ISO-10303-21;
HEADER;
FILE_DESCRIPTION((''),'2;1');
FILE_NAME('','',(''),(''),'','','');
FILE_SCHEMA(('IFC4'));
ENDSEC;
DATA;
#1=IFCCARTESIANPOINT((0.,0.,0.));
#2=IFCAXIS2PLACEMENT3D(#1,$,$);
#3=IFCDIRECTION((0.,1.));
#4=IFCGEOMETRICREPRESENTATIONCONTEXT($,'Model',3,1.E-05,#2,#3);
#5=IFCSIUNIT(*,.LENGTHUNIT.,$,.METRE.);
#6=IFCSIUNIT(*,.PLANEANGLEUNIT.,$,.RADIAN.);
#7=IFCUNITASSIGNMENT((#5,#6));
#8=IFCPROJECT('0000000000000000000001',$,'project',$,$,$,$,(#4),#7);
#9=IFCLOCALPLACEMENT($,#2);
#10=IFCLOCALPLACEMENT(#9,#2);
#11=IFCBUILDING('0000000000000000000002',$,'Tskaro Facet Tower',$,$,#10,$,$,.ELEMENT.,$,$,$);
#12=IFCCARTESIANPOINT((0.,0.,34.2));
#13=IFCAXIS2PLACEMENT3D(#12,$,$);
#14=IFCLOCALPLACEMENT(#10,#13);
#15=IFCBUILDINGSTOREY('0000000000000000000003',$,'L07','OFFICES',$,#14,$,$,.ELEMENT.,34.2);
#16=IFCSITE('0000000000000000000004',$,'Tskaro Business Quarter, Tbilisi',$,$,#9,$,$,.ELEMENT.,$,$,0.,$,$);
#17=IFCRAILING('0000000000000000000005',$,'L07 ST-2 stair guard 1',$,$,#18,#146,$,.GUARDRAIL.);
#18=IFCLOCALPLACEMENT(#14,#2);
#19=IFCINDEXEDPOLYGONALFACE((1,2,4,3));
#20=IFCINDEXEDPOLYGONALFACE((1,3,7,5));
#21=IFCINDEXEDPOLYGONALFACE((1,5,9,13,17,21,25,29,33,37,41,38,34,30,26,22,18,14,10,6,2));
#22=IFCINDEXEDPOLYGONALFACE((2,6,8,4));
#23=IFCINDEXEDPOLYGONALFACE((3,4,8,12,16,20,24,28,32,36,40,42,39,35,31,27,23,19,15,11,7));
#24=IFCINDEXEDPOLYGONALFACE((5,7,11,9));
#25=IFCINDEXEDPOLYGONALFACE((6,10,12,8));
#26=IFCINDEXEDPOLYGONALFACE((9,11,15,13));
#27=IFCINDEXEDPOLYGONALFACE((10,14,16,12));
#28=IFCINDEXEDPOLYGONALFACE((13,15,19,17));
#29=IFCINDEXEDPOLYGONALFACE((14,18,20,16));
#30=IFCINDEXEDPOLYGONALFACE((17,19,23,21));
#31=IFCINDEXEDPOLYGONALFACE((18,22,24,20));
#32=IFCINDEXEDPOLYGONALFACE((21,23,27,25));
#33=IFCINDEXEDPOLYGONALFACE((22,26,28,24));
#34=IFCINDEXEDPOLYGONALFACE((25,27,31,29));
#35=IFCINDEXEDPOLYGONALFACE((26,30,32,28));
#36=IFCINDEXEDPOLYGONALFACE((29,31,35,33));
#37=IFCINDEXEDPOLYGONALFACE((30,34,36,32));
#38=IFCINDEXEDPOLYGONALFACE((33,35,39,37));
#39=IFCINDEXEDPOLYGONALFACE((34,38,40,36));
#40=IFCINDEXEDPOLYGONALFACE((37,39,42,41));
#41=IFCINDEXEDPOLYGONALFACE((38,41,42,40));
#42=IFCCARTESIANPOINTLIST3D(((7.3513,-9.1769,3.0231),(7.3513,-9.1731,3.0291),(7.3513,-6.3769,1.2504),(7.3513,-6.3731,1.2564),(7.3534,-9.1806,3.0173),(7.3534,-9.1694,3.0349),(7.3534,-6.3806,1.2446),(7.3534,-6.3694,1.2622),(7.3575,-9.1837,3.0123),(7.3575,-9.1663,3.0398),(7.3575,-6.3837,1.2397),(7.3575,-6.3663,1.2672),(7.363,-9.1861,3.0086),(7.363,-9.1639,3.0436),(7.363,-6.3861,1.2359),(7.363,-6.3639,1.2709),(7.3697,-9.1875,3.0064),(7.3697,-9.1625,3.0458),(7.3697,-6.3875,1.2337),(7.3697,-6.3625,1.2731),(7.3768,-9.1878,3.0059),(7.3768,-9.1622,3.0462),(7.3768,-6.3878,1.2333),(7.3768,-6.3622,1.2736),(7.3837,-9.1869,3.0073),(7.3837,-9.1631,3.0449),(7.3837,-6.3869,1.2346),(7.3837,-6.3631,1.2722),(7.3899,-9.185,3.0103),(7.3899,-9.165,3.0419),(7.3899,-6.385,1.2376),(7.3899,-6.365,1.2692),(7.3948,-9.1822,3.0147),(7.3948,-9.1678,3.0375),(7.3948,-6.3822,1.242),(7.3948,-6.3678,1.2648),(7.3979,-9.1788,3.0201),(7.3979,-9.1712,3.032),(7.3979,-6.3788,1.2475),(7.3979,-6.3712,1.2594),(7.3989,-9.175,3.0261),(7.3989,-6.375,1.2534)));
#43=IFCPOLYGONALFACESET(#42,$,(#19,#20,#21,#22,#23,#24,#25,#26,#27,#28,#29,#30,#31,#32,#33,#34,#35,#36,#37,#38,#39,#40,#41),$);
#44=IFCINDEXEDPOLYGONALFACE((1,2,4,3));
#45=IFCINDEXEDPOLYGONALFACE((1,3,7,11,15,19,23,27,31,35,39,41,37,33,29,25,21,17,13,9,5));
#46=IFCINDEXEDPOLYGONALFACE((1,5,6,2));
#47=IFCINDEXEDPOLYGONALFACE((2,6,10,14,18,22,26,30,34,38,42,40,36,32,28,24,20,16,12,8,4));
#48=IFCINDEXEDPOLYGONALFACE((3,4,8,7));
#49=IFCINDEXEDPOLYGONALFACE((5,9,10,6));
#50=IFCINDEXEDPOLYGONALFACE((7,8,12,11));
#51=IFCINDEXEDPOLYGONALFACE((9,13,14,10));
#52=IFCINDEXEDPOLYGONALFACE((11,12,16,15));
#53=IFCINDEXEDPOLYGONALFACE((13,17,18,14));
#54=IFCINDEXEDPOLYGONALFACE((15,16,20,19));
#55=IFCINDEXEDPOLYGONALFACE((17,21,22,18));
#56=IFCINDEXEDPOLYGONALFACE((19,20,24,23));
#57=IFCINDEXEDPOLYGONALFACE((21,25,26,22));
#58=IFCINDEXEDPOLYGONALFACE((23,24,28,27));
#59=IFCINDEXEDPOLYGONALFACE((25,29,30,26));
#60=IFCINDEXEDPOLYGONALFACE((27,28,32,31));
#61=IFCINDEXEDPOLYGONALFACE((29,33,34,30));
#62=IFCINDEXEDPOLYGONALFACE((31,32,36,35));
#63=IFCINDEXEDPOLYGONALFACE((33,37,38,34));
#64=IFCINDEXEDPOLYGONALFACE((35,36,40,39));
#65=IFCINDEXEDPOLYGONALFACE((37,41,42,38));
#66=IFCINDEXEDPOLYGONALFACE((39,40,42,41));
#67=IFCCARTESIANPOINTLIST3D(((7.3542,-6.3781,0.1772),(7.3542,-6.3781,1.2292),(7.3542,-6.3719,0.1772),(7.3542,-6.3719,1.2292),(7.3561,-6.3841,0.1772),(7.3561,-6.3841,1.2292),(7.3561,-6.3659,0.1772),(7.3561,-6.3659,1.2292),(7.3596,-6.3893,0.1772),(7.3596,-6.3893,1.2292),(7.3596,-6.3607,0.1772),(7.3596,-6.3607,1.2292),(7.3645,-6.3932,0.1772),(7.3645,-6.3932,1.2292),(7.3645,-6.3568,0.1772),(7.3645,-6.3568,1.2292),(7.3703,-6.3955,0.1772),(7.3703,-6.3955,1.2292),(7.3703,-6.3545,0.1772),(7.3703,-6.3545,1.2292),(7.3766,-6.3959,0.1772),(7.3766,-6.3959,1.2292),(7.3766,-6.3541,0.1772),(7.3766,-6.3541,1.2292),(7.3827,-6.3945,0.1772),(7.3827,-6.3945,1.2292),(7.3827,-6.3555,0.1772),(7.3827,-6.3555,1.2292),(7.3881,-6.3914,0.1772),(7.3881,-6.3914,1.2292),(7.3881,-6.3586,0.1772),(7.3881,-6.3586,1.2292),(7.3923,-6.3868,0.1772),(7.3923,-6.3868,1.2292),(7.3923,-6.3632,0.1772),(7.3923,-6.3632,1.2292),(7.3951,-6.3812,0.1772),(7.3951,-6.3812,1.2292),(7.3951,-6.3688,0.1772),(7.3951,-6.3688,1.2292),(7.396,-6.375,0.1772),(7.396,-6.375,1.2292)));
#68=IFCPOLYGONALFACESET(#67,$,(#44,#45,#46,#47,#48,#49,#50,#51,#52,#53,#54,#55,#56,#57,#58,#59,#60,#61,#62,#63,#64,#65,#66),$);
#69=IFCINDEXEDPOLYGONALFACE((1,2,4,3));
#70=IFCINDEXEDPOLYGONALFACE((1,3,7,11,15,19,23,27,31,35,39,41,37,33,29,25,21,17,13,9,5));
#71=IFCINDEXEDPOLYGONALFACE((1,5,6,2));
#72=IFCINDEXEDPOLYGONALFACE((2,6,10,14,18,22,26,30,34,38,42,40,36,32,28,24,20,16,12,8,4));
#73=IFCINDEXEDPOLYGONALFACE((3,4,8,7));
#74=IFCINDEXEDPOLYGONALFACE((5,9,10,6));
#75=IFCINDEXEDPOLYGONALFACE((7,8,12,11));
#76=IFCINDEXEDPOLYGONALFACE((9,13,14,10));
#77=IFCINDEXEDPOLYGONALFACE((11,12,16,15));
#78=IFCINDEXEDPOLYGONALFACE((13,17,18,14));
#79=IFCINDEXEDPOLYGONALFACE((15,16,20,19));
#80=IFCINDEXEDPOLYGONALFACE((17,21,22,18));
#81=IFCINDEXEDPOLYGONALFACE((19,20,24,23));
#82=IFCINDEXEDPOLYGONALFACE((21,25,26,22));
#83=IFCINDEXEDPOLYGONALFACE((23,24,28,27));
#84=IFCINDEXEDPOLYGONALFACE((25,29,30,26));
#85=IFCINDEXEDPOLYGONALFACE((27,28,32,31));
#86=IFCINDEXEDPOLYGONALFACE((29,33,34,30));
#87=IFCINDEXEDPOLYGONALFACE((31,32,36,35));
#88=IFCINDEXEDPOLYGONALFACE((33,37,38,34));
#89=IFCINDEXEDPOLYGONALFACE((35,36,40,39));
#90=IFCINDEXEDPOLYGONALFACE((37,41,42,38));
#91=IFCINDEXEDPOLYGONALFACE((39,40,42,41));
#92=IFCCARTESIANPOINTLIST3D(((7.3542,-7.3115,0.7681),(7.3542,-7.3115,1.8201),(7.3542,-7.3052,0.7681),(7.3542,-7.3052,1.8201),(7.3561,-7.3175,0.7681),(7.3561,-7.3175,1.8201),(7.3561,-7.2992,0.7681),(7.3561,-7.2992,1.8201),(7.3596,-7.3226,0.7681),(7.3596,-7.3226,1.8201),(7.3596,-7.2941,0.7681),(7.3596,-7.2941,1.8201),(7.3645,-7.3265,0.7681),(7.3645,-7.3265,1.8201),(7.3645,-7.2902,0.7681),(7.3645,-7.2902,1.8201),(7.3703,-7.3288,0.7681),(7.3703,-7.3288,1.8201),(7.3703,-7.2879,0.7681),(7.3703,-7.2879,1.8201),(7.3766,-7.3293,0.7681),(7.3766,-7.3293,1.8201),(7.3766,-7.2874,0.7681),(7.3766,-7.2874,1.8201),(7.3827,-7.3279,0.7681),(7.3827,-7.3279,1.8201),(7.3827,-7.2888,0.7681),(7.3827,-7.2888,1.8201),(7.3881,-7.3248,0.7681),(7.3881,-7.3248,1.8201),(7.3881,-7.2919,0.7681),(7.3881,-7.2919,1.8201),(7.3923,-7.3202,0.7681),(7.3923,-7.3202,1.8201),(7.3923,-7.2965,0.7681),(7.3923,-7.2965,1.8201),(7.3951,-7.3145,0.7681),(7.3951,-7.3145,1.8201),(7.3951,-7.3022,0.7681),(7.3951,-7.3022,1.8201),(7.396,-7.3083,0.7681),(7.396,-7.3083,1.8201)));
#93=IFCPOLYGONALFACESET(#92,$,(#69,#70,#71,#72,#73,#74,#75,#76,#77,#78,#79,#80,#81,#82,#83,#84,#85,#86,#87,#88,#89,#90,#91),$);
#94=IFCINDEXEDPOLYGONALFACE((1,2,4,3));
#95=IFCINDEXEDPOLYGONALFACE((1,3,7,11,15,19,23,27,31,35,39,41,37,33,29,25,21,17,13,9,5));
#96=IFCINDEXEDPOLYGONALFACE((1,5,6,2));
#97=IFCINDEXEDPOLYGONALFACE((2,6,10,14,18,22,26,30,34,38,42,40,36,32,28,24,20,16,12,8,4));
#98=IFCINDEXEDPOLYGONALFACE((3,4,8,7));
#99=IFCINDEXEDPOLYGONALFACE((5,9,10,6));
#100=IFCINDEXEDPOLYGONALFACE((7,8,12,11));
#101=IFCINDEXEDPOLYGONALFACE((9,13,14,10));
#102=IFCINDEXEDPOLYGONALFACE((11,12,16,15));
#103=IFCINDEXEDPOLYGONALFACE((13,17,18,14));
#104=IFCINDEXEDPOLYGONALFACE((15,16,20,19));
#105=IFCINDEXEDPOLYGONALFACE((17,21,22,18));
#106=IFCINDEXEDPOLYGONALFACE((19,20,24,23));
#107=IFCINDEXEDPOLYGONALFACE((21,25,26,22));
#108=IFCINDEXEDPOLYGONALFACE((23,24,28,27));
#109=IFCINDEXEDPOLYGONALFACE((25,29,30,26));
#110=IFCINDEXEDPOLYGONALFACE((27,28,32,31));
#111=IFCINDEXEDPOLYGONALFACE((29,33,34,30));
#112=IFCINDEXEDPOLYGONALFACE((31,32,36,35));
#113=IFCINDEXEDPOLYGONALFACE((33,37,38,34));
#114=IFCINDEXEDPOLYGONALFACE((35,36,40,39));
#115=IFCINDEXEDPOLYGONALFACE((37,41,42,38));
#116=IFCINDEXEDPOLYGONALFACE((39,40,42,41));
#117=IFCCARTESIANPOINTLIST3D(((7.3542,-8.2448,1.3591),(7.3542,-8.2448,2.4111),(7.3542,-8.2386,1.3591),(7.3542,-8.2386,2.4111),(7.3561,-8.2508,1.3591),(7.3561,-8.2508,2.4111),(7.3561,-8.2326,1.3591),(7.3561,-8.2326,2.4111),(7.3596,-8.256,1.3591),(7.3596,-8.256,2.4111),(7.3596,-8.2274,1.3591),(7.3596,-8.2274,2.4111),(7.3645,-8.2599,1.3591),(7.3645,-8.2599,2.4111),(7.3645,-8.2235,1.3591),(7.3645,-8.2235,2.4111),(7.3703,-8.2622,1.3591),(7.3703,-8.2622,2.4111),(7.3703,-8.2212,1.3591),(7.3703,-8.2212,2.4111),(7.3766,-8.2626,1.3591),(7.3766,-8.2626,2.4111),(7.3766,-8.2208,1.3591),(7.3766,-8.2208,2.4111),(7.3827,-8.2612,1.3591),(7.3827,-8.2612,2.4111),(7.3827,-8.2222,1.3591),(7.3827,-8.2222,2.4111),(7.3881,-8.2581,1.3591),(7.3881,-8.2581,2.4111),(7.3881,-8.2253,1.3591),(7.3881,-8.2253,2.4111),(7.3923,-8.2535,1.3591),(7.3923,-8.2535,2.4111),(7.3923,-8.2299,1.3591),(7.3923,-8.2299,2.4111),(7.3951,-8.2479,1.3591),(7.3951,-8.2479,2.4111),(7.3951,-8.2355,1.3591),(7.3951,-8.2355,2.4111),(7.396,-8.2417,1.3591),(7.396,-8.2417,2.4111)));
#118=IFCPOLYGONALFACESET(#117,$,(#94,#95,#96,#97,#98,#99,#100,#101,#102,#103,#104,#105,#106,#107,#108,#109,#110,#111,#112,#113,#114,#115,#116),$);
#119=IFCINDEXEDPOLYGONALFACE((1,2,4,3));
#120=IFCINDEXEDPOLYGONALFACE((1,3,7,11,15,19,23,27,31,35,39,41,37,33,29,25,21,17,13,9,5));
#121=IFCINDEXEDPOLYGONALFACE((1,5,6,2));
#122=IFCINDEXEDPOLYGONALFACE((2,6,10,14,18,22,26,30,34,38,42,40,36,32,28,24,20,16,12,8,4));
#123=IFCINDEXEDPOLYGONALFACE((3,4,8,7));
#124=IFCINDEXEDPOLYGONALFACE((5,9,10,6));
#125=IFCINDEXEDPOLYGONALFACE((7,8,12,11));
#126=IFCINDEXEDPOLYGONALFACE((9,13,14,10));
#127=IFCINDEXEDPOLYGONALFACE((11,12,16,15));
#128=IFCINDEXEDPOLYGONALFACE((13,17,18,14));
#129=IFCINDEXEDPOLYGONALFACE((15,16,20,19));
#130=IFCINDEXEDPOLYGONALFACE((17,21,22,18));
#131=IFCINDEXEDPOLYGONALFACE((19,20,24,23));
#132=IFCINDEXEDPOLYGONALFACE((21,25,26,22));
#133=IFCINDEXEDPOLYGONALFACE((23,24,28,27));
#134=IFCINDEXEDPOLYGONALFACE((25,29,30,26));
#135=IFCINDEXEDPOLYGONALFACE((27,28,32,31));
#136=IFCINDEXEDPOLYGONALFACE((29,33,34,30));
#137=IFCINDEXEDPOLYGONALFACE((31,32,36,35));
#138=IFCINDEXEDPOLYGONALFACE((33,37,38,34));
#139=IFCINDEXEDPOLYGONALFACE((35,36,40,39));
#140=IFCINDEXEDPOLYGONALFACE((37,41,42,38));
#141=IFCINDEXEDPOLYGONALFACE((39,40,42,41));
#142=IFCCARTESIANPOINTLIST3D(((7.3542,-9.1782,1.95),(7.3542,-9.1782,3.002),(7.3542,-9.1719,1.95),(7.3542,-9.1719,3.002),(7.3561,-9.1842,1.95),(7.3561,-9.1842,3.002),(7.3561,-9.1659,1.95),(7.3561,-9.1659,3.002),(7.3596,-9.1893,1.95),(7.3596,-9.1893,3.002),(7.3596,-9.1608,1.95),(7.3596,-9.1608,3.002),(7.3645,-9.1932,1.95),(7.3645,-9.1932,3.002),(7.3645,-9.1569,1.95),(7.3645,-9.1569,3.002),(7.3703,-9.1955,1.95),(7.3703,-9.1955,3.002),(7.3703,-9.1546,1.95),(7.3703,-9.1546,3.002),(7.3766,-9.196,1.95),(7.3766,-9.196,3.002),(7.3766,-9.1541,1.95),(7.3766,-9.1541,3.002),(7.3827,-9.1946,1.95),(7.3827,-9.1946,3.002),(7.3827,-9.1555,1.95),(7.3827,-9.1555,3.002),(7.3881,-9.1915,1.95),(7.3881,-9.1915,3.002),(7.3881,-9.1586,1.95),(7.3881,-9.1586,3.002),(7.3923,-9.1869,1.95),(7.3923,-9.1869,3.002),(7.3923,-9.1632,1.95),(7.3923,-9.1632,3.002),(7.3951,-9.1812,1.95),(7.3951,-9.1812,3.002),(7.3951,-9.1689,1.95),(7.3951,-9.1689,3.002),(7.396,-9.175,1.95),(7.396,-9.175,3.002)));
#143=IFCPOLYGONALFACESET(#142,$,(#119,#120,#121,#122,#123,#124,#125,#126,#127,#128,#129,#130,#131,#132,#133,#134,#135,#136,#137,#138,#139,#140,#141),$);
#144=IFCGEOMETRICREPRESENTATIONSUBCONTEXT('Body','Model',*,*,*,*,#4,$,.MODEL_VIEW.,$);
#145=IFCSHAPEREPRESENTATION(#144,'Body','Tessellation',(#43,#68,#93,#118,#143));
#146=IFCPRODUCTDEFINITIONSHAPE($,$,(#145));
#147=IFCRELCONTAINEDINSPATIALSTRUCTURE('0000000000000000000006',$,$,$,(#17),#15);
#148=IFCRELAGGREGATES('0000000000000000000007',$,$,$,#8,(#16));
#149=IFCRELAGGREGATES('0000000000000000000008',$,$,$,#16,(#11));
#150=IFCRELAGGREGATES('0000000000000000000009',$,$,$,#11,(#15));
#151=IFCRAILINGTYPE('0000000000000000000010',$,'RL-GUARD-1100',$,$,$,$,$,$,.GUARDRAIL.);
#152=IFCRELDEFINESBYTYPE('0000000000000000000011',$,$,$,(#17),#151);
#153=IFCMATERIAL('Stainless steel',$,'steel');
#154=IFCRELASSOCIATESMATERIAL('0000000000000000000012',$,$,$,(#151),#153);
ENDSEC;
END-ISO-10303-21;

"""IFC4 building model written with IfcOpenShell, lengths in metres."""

from ifc_helpers import new_model, si_unit, direction, frame, origin, origin_2d, place, context, subcontext, project, spatial, circle, extrude, material, type_object, element, save


model = new_model("IFC4")

# Units and contexts
model_context = context("Model", 3, precision=1e-05, world=origin(), true_north=direction((0.0, 1.0)))
body_context = subcontext(model_context, "Body", "Model", "MODEL_VIEW")
ifc_project = project(units=[si_unit("LENGTHUNIT", "METRE"), si_unit("PLANEANGLEUNIT", "RADIAN")], contexts=[model_context])

# Site, building, storey
site_placement = place(None, origin())
site = spatial("IfcSite", under=ifc_project, at=site_placement, Name="Tskaro Business Quarter, Tbilisi", CompositionType="ELEMENT", RefElevation=0.0)
building_placement = place(site_placement, origin())
building = spatial("IfcBuilding", under=site, at=building_placement, Name="Tskaro Facet Tower", CompositionType="ELEMENT")
storey_placement = place(building_placement, frame((0.0, 0.0, 34.2)))
storey = spatial("IfcBuildingStorey", under=building, at=storey_placement, Name="L07", Description="OFFICES", CompositionType="ELEMENT", Elevation=34.2)

# Railing
ifc_material_1 = material(Name="Stainless steel", Category="steel")
railing_type_1 = type_object("IfcRailingType", Name="RL-GUARD-1100", PredefinedType="GUARDRAIL", material=ifc_material_1)
railing_1_placement = place(storey_placement, frame((7.375, -6.375, 0.1772)))
element("IfcRailing", 1, at=railing_1_placement, inside=storey, type_object=railing_type_1, Name="L07 ST-2 stair guard 1", PredefinedType="GUARDRAIL", context=body_context, shape_type="SweptSolid", body=[
    extrude(circle(Radius=0.0239, at=origin_2d()), frame((0.0, 0.0, 1.0762), z_axis=(0.0, -0.844909, 0.53491), x_axis=(1.0, 0.0, 0.0)), (0.0, 0.0, 1.0), 3.314),
    extrude(circle(Radius=0.021, at=origin_2d()), origin(), (0.0, 0.0, 1.0), 1.052),
    extrude(circle(Radius=0.021, at=origin_2d()), frame((0.0, -0.9333, 0.5908)), (0.0, 0.0, 1.0), 1.052),
    extrude(circle(Radius=0.021, at=origin_2d()), frame((0.0, -1.8667, 1.1819)), (0.0, 0.0, 1.0), 1.052),
    extrude(circle(Radius=0.021, at=origin_2d()), frame((0.0, -2.8, 1.7727)), (0.0, 0.0, 1.0), 1.052),
])

save(model, "model.ifc")
